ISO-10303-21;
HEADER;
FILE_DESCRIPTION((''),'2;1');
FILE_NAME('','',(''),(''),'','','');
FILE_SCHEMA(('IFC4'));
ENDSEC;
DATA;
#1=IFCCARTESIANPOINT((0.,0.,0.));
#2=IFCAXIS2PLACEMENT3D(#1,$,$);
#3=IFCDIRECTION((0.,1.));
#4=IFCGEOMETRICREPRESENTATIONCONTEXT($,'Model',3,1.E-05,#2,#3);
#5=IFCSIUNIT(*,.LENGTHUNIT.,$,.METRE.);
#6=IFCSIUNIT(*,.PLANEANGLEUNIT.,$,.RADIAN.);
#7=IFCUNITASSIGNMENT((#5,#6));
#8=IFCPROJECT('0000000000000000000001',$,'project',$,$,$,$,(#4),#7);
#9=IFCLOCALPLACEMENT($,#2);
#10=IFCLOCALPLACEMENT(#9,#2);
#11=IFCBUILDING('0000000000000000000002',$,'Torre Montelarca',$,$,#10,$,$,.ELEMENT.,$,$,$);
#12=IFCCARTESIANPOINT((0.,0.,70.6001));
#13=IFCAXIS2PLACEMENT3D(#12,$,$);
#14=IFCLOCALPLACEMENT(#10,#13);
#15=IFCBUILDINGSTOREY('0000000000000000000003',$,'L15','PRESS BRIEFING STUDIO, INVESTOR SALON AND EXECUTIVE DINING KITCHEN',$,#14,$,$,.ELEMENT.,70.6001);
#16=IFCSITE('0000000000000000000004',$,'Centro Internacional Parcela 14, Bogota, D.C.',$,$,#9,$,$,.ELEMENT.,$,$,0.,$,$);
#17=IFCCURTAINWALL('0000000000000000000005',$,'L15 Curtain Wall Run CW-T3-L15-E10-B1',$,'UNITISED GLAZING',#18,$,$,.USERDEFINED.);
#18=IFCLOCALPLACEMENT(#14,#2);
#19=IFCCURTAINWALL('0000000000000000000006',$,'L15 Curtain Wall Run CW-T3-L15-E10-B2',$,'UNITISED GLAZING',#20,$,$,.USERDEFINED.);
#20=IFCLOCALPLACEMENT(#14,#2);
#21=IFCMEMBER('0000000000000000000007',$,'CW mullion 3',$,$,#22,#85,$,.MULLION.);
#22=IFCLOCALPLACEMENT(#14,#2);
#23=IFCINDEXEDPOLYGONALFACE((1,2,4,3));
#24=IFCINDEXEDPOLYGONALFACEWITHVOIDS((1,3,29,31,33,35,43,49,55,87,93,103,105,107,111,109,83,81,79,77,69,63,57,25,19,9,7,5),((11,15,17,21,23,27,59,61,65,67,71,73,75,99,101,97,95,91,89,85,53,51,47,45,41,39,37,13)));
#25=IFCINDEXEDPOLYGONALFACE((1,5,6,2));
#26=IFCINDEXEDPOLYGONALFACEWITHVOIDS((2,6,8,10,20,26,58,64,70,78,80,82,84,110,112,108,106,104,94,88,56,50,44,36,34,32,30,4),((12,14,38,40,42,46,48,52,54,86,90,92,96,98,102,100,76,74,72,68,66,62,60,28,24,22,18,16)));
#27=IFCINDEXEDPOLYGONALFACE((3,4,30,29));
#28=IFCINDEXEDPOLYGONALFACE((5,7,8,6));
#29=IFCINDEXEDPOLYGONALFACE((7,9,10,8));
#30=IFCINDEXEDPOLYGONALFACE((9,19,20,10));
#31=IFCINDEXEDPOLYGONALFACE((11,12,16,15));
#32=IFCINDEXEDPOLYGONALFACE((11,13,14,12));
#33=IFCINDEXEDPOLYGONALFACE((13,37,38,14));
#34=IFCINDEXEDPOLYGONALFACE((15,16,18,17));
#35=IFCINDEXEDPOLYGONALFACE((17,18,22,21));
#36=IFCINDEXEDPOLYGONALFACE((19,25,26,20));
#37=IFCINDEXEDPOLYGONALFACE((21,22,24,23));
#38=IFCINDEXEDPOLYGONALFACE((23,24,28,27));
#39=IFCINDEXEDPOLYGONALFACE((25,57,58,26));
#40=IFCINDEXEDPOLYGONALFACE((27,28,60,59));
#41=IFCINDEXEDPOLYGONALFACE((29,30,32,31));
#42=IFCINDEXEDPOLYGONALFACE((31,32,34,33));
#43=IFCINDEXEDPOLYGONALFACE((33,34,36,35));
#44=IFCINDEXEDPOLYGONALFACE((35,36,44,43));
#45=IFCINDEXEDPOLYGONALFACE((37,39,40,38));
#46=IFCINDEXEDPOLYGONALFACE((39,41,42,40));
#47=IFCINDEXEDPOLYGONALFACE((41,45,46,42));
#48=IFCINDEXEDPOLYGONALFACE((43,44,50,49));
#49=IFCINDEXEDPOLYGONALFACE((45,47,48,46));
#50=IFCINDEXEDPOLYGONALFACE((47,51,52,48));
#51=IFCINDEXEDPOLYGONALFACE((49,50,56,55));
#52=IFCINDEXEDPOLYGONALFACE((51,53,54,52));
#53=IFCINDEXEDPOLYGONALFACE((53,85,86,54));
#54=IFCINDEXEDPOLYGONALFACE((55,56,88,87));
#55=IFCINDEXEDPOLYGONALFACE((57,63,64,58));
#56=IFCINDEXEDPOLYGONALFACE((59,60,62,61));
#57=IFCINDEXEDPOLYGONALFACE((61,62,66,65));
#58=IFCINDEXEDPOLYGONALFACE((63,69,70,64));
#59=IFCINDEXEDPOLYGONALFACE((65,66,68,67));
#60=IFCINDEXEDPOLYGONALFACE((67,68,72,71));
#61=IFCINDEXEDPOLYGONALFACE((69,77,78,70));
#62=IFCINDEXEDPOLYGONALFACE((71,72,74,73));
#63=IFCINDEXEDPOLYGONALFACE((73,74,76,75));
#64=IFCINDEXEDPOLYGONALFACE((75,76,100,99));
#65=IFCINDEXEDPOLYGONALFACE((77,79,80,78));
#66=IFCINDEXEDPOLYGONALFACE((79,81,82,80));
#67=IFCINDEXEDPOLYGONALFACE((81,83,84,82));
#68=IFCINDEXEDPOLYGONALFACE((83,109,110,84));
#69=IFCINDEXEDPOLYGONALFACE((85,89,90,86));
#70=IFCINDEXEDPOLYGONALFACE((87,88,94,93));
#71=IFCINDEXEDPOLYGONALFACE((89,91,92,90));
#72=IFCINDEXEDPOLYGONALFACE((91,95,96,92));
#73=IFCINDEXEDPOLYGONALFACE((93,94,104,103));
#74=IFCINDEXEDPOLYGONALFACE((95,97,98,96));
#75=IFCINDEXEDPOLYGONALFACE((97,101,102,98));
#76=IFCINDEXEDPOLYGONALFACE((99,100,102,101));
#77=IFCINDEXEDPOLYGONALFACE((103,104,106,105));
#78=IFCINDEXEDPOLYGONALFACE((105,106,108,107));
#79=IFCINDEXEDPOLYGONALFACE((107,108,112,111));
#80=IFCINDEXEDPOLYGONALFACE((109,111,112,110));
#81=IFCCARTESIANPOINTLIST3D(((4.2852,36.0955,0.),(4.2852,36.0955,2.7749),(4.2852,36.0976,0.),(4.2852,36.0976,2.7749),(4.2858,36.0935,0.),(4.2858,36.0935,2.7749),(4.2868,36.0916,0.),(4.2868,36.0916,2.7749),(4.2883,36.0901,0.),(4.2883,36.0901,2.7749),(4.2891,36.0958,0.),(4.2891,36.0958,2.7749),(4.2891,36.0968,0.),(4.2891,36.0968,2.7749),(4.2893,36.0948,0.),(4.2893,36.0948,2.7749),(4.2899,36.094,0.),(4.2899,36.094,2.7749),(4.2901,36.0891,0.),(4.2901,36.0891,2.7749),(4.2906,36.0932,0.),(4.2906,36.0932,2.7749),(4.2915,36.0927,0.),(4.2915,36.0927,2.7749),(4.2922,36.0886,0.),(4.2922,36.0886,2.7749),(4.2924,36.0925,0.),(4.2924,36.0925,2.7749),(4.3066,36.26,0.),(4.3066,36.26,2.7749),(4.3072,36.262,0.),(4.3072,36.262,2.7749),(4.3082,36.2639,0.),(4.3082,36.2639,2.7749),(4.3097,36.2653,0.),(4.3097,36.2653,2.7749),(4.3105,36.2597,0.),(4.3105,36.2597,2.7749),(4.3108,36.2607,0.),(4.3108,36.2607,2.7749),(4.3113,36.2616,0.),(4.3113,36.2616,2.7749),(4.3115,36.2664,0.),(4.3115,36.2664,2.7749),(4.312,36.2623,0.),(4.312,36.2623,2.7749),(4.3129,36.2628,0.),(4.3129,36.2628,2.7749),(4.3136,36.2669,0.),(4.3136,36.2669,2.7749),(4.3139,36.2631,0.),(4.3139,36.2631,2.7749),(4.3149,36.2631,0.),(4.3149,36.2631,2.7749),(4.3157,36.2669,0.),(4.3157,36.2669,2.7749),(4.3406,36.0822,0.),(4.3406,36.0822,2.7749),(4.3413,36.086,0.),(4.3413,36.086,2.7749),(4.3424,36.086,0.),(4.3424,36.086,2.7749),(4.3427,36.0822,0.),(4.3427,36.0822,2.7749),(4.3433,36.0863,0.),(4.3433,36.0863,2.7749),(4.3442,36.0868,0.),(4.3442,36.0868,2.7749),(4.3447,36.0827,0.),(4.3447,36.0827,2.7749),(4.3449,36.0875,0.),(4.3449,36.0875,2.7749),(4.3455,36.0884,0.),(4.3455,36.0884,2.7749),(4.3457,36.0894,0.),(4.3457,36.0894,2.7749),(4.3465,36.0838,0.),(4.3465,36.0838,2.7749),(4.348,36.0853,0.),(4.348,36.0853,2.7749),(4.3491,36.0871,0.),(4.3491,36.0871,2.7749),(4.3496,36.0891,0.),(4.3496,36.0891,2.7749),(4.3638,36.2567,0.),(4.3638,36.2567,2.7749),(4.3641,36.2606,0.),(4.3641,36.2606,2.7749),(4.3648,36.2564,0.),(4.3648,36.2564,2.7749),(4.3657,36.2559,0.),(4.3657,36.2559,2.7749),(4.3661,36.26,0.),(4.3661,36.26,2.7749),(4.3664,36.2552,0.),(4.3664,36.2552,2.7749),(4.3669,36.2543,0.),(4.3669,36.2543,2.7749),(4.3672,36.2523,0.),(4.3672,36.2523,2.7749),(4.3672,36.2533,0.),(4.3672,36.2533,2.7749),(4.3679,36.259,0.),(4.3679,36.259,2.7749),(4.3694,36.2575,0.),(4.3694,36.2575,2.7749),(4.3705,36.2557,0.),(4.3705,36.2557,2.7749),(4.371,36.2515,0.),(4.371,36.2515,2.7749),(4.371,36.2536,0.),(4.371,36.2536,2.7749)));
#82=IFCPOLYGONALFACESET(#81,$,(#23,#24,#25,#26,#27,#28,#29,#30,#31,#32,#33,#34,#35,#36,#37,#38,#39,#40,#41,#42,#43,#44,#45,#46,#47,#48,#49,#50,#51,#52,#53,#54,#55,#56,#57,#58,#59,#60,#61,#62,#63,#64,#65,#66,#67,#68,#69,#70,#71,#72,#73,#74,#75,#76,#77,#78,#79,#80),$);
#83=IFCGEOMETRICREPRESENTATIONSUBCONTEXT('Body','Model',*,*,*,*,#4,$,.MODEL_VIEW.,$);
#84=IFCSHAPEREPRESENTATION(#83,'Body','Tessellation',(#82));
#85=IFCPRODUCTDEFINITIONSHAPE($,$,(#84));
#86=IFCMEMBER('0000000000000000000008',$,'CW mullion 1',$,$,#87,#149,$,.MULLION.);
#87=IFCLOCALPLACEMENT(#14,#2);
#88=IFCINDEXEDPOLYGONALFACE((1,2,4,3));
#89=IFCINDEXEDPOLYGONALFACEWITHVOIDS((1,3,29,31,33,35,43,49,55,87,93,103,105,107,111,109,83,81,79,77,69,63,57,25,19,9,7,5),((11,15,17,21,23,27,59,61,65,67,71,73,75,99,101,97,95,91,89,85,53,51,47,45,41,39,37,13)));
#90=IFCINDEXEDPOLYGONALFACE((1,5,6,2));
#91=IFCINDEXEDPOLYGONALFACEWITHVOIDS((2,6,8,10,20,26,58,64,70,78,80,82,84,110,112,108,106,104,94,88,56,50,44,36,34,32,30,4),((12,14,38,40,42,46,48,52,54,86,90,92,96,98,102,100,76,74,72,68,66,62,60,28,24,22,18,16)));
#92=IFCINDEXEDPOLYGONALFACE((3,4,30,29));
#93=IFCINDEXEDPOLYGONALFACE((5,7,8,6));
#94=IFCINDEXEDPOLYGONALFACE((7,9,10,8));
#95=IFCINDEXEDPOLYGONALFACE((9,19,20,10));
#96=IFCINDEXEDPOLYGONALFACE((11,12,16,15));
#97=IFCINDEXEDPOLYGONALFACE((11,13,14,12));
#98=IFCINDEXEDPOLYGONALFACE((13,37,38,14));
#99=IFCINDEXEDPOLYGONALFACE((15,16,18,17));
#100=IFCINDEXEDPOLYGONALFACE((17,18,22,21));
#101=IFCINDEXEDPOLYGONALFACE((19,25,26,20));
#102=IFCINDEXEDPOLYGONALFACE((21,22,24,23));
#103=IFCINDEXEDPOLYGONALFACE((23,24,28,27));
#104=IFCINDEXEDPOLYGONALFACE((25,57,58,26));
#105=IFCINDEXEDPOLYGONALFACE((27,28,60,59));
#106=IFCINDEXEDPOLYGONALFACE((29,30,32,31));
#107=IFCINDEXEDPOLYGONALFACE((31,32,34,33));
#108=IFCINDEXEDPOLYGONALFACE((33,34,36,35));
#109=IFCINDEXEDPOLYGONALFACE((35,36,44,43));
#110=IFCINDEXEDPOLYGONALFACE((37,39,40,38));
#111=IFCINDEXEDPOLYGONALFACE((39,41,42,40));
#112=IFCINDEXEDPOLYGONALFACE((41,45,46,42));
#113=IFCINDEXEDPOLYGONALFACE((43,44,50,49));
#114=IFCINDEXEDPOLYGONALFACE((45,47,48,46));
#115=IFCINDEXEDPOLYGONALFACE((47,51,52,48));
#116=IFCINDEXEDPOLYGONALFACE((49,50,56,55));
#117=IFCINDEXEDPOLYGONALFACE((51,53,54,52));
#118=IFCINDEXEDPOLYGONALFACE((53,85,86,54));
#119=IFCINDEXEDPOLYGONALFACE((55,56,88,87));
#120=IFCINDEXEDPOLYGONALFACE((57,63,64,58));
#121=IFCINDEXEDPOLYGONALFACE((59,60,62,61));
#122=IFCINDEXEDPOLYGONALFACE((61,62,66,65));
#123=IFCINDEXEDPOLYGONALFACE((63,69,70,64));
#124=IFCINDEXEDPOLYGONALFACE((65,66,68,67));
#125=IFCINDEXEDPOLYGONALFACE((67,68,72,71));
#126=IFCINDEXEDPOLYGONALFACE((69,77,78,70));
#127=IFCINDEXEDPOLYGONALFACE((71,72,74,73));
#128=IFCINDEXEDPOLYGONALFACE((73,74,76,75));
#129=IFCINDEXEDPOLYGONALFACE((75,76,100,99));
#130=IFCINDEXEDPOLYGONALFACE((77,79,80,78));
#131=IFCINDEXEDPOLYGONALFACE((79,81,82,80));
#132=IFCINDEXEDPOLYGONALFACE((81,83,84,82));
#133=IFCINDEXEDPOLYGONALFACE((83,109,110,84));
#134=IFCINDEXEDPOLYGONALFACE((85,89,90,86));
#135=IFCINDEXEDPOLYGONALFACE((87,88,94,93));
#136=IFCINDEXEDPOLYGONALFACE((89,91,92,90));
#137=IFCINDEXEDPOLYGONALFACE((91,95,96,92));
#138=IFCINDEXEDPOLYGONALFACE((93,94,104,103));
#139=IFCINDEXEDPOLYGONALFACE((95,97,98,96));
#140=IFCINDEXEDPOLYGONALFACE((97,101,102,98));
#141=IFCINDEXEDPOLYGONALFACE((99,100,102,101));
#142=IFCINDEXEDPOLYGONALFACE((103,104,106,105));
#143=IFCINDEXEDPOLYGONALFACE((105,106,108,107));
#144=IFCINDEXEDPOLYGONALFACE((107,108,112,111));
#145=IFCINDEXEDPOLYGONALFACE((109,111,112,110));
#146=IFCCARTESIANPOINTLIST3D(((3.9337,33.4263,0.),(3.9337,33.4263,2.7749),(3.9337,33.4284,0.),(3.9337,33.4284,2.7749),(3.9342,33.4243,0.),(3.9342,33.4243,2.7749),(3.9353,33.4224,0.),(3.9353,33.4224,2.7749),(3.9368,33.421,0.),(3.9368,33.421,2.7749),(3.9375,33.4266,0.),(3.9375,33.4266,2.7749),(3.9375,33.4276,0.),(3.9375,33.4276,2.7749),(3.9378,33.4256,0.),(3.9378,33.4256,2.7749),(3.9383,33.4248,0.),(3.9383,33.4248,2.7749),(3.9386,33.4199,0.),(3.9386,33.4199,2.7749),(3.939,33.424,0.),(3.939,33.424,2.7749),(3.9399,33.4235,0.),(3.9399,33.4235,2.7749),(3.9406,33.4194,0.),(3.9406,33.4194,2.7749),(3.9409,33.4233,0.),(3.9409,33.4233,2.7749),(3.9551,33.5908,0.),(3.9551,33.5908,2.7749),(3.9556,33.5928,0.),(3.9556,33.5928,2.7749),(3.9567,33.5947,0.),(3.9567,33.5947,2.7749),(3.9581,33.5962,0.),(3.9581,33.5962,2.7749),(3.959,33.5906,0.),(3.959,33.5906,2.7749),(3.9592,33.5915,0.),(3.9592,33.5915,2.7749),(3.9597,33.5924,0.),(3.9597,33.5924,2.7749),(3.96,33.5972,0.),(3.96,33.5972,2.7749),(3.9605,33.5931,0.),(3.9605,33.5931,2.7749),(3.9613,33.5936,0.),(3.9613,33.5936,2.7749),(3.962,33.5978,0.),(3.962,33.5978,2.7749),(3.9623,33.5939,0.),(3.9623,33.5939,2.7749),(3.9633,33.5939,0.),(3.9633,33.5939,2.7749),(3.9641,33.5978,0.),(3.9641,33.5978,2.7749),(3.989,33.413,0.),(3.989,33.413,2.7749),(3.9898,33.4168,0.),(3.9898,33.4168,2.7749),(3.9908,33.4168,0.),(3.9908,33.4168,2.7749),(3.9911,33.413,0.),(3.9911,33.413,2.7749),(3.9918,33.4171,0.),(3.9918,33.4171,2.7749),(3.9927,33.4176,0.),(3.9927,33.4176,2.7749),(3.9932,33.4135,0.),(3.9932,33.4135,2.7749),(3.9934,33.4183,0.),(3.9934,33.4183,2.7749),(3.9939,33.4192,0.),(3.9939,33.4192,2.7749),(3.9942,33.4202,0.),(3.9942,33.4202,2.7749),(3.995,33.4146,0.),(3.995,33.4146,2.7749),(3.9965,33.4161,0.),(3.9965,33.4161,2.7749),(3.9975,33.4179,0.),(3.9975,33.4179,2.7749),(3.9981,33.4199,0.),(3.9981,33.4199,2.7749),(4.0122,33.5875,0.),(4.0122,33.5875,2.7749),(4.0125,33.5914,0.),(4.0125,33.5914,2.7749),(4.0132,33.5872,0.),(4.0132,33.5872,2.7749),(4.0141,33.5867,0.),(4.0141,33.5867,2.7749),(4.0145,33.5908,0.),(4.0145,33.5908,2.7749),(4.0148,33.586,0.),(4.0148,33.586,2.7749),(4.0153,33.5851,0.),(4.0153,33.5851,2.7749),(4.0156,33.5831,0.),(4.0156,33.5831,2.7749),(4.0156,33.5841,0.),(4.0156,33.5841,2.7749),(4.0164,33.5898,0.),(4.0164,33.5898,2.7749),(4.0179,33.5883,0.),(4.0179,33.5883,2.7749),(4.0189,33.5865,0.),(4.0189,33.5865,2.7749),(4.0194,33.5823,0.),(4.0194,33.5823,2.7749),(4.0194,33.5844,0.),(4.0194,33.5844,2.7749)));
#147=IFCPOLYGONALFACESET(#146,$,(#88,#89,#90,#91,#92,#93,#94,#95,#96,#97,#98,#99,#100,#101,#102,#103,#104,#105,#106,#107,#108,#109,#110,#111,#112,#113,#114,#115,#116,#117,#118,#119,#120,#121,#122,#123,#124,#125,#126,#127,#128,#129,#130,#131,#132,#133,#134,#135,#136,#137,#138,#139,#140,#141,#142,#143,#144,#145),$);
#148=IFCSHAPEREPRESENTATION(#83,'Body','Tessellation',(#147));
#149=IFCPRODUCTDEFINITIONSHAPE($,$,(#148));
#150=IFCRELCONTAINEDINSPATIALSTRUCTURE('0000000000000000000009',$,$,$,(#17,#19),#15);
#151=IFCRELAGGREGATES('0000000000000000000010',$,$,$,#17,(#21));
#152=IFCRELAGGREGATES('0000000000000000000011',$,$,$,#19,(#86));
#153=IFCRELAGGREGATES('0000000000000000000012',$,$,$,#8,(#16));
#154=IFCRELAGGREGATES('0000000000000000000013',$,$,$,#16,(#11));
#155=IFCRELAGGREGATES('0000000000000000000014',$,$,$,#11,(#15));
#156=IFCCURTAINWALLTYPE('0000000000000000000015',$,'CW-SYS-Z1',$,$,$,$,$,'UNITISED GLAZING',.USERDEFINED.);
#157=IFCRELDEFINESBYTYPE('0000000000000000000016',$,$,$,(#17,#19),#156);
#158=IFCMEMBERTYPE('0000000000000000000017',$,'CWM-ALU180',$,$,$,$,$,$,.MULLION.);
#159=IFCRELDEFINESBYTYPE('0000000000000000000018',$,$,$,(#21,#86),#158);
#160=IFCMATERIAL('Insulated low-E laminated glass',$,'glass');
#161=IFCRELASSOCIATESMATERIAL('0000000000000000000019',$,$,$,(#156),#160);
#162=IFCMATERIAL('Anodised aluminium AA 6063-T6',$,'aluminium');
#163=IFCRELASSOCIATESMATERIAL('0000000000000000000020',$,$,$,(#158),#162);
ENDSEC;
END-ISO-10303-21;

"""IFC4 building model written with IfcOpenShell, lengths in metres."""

from ifc_helpers import new_model, si_unit, direction, frame, origin, origin_2d, place, context, subcontext, project, spatial, hollow_rectangle, extrude, source, transform, mapped, material, material_profile, profile_set, type_object, element, aggregate, save


model = new_model("IFC4")

# Units and contexts
model_context = context("Model", 3, precision=1e-05, world=origin(), true_north=direction((0.0, 1.0)))
body_context = subcontext(model_context, "Body", "Model", "MODEL_VIEW")
ifc_project = project(units=[si_unit("LENGTHUNIT", "METRE"), si_unit("PLANEANGLEUNIT", "RADIAN")], contexts=[model_context])

# Site, building, storey
site_placement = place(None, origin())
site = spatial("IfcSite", under=ifc_project, at=site_placement, Name="Centro Internacional Parcela 14, Bogota, D.C.", CompositionType="ELEMENT", RefElevation=0.0)
building_placement = place(site_placement, origin())
building = spatial("IfcBuilding", under=site, at=building_placement, Name="Torre Montelarca", CompositionType="ELEMENT")
storey_placement = place(building_placement, frame((0.0, 0.0, 70.6001)))
storey = spatial("IfcBuildingStorey", under=building, at=storey_placement, Name="L15", Description="PRESS BRIEFING STUDIO, INVESTOR SALON AND EXECUTIVE DINING KITCHEN", CompositionType="ELEMENT", Elevation=70.6001)

# Curtain walls
ifc_material_1 = material(Name="Insulated low-E laminated glass", Category="glass")
curtain_wall_type = type_object("IfcCurtainWallType", Name="CW-SYS-Z1", ElementType="UNITISED GLAZING", PredefinedType="USERDEFINED", material=ifc_material_1)
curtain_wall_1_placement = place(storey_placement, origin())
curtain_wall_1 = element("IfcCurtainWall", 1, at=curtain_wall_1_placement, inside=storey, type_object=curtain_wall_type, Name="L15 Curtain Wall Run CW-T3-L15-E10-B1", ObjectType="UNITISED GLAZING", PredefinedType="USERDEFINED")
ifc_material_2 = material(Name="Anodised aluminium AA 6063-T6", Category="aluminium")
curtain_wall_2_placement = place(storey_placement, origin())
curtain_wall_2 = element("IfcCurtainWall", 2, at=curtain_wall_2_placement, inside=storey, type_object=curtain_wall_type, Name="L15 Curtain Wall Run CW-T3-L15-E10-B2", ObjectType="UNITISED GLAZING", PredefinedType="USERDEFINED")

# Members
ifc_material_profile_1 = material_profile(ifc_material_2, hollow_rectangle(XDim=0.0649, YDim=0.1799, WallThickness=0.0039, InnerFilletRadius=0.0039, OuterFilletRadius=0.0081, at=origin_2d()), Name="ALU65X180X4", Category="aluminium")
ifc_profile_set_1 = profile_set([ifc_material_profile_1], Name="Anodised aluminium AA 6063-T6")
member_type_1 = type_object("IfcMemberType", Name="CWM-ALU180", PredefinedType="MULLION", material=ifc_profile_set_1)
shared_shape_1 = source(origin(), body_context, "Body", "SweptSolid", [
    extrude(hollow_rectangle(XDim=0.0649, YDim=0.1799, WallThickness=0.0039, InnerFilletRadius=0.0039, OuterFilletRadius=0.0081, at=origin_2d()), origin(), (0.0, 0.0, 1.0), 2.7749),
])
member_1_placement = place(storey_placement, frame((4.3281, 36.1746, 0.0), z_axis=(0.0, 0.0, 1.0), x_axis=(0.991445, -0.130524, 0.0)))
member_1 = element("IfcMember", 3, at=member_1_placement, type_object=member_type_1, Name="CW mullion 3", PredefinedType="MULLION", context=body_context, shape_type="MappedRepresentation", body=[
    mapped(shared_shape_1, transform((0.0, 0.0, 0.0), scale=1.0)),
])
member_2_placement = place(storey_placement, frame((3.9766, 33.5054, 0.0), z_axis=(0.0, 0.0, 1.0), x_axis=(0.991445, -0.130528, 0.0)))
member_2 = element("IfcMember", 4, at=member_2_placement, type_object=member_type_1, Name="CW mullion 1", PredefinedType="MULLION", context=body_context, shape_type="MappedRepresentation", body=[
    mapped(shared_shape_1, transform((0.0, 0.0, 0.0), scale=1.0)),
])

aggregate(curtain_wall_1, [member_1])
aggregate(curtain_wall_2, [member_2])

save(model, "model.ifc")
